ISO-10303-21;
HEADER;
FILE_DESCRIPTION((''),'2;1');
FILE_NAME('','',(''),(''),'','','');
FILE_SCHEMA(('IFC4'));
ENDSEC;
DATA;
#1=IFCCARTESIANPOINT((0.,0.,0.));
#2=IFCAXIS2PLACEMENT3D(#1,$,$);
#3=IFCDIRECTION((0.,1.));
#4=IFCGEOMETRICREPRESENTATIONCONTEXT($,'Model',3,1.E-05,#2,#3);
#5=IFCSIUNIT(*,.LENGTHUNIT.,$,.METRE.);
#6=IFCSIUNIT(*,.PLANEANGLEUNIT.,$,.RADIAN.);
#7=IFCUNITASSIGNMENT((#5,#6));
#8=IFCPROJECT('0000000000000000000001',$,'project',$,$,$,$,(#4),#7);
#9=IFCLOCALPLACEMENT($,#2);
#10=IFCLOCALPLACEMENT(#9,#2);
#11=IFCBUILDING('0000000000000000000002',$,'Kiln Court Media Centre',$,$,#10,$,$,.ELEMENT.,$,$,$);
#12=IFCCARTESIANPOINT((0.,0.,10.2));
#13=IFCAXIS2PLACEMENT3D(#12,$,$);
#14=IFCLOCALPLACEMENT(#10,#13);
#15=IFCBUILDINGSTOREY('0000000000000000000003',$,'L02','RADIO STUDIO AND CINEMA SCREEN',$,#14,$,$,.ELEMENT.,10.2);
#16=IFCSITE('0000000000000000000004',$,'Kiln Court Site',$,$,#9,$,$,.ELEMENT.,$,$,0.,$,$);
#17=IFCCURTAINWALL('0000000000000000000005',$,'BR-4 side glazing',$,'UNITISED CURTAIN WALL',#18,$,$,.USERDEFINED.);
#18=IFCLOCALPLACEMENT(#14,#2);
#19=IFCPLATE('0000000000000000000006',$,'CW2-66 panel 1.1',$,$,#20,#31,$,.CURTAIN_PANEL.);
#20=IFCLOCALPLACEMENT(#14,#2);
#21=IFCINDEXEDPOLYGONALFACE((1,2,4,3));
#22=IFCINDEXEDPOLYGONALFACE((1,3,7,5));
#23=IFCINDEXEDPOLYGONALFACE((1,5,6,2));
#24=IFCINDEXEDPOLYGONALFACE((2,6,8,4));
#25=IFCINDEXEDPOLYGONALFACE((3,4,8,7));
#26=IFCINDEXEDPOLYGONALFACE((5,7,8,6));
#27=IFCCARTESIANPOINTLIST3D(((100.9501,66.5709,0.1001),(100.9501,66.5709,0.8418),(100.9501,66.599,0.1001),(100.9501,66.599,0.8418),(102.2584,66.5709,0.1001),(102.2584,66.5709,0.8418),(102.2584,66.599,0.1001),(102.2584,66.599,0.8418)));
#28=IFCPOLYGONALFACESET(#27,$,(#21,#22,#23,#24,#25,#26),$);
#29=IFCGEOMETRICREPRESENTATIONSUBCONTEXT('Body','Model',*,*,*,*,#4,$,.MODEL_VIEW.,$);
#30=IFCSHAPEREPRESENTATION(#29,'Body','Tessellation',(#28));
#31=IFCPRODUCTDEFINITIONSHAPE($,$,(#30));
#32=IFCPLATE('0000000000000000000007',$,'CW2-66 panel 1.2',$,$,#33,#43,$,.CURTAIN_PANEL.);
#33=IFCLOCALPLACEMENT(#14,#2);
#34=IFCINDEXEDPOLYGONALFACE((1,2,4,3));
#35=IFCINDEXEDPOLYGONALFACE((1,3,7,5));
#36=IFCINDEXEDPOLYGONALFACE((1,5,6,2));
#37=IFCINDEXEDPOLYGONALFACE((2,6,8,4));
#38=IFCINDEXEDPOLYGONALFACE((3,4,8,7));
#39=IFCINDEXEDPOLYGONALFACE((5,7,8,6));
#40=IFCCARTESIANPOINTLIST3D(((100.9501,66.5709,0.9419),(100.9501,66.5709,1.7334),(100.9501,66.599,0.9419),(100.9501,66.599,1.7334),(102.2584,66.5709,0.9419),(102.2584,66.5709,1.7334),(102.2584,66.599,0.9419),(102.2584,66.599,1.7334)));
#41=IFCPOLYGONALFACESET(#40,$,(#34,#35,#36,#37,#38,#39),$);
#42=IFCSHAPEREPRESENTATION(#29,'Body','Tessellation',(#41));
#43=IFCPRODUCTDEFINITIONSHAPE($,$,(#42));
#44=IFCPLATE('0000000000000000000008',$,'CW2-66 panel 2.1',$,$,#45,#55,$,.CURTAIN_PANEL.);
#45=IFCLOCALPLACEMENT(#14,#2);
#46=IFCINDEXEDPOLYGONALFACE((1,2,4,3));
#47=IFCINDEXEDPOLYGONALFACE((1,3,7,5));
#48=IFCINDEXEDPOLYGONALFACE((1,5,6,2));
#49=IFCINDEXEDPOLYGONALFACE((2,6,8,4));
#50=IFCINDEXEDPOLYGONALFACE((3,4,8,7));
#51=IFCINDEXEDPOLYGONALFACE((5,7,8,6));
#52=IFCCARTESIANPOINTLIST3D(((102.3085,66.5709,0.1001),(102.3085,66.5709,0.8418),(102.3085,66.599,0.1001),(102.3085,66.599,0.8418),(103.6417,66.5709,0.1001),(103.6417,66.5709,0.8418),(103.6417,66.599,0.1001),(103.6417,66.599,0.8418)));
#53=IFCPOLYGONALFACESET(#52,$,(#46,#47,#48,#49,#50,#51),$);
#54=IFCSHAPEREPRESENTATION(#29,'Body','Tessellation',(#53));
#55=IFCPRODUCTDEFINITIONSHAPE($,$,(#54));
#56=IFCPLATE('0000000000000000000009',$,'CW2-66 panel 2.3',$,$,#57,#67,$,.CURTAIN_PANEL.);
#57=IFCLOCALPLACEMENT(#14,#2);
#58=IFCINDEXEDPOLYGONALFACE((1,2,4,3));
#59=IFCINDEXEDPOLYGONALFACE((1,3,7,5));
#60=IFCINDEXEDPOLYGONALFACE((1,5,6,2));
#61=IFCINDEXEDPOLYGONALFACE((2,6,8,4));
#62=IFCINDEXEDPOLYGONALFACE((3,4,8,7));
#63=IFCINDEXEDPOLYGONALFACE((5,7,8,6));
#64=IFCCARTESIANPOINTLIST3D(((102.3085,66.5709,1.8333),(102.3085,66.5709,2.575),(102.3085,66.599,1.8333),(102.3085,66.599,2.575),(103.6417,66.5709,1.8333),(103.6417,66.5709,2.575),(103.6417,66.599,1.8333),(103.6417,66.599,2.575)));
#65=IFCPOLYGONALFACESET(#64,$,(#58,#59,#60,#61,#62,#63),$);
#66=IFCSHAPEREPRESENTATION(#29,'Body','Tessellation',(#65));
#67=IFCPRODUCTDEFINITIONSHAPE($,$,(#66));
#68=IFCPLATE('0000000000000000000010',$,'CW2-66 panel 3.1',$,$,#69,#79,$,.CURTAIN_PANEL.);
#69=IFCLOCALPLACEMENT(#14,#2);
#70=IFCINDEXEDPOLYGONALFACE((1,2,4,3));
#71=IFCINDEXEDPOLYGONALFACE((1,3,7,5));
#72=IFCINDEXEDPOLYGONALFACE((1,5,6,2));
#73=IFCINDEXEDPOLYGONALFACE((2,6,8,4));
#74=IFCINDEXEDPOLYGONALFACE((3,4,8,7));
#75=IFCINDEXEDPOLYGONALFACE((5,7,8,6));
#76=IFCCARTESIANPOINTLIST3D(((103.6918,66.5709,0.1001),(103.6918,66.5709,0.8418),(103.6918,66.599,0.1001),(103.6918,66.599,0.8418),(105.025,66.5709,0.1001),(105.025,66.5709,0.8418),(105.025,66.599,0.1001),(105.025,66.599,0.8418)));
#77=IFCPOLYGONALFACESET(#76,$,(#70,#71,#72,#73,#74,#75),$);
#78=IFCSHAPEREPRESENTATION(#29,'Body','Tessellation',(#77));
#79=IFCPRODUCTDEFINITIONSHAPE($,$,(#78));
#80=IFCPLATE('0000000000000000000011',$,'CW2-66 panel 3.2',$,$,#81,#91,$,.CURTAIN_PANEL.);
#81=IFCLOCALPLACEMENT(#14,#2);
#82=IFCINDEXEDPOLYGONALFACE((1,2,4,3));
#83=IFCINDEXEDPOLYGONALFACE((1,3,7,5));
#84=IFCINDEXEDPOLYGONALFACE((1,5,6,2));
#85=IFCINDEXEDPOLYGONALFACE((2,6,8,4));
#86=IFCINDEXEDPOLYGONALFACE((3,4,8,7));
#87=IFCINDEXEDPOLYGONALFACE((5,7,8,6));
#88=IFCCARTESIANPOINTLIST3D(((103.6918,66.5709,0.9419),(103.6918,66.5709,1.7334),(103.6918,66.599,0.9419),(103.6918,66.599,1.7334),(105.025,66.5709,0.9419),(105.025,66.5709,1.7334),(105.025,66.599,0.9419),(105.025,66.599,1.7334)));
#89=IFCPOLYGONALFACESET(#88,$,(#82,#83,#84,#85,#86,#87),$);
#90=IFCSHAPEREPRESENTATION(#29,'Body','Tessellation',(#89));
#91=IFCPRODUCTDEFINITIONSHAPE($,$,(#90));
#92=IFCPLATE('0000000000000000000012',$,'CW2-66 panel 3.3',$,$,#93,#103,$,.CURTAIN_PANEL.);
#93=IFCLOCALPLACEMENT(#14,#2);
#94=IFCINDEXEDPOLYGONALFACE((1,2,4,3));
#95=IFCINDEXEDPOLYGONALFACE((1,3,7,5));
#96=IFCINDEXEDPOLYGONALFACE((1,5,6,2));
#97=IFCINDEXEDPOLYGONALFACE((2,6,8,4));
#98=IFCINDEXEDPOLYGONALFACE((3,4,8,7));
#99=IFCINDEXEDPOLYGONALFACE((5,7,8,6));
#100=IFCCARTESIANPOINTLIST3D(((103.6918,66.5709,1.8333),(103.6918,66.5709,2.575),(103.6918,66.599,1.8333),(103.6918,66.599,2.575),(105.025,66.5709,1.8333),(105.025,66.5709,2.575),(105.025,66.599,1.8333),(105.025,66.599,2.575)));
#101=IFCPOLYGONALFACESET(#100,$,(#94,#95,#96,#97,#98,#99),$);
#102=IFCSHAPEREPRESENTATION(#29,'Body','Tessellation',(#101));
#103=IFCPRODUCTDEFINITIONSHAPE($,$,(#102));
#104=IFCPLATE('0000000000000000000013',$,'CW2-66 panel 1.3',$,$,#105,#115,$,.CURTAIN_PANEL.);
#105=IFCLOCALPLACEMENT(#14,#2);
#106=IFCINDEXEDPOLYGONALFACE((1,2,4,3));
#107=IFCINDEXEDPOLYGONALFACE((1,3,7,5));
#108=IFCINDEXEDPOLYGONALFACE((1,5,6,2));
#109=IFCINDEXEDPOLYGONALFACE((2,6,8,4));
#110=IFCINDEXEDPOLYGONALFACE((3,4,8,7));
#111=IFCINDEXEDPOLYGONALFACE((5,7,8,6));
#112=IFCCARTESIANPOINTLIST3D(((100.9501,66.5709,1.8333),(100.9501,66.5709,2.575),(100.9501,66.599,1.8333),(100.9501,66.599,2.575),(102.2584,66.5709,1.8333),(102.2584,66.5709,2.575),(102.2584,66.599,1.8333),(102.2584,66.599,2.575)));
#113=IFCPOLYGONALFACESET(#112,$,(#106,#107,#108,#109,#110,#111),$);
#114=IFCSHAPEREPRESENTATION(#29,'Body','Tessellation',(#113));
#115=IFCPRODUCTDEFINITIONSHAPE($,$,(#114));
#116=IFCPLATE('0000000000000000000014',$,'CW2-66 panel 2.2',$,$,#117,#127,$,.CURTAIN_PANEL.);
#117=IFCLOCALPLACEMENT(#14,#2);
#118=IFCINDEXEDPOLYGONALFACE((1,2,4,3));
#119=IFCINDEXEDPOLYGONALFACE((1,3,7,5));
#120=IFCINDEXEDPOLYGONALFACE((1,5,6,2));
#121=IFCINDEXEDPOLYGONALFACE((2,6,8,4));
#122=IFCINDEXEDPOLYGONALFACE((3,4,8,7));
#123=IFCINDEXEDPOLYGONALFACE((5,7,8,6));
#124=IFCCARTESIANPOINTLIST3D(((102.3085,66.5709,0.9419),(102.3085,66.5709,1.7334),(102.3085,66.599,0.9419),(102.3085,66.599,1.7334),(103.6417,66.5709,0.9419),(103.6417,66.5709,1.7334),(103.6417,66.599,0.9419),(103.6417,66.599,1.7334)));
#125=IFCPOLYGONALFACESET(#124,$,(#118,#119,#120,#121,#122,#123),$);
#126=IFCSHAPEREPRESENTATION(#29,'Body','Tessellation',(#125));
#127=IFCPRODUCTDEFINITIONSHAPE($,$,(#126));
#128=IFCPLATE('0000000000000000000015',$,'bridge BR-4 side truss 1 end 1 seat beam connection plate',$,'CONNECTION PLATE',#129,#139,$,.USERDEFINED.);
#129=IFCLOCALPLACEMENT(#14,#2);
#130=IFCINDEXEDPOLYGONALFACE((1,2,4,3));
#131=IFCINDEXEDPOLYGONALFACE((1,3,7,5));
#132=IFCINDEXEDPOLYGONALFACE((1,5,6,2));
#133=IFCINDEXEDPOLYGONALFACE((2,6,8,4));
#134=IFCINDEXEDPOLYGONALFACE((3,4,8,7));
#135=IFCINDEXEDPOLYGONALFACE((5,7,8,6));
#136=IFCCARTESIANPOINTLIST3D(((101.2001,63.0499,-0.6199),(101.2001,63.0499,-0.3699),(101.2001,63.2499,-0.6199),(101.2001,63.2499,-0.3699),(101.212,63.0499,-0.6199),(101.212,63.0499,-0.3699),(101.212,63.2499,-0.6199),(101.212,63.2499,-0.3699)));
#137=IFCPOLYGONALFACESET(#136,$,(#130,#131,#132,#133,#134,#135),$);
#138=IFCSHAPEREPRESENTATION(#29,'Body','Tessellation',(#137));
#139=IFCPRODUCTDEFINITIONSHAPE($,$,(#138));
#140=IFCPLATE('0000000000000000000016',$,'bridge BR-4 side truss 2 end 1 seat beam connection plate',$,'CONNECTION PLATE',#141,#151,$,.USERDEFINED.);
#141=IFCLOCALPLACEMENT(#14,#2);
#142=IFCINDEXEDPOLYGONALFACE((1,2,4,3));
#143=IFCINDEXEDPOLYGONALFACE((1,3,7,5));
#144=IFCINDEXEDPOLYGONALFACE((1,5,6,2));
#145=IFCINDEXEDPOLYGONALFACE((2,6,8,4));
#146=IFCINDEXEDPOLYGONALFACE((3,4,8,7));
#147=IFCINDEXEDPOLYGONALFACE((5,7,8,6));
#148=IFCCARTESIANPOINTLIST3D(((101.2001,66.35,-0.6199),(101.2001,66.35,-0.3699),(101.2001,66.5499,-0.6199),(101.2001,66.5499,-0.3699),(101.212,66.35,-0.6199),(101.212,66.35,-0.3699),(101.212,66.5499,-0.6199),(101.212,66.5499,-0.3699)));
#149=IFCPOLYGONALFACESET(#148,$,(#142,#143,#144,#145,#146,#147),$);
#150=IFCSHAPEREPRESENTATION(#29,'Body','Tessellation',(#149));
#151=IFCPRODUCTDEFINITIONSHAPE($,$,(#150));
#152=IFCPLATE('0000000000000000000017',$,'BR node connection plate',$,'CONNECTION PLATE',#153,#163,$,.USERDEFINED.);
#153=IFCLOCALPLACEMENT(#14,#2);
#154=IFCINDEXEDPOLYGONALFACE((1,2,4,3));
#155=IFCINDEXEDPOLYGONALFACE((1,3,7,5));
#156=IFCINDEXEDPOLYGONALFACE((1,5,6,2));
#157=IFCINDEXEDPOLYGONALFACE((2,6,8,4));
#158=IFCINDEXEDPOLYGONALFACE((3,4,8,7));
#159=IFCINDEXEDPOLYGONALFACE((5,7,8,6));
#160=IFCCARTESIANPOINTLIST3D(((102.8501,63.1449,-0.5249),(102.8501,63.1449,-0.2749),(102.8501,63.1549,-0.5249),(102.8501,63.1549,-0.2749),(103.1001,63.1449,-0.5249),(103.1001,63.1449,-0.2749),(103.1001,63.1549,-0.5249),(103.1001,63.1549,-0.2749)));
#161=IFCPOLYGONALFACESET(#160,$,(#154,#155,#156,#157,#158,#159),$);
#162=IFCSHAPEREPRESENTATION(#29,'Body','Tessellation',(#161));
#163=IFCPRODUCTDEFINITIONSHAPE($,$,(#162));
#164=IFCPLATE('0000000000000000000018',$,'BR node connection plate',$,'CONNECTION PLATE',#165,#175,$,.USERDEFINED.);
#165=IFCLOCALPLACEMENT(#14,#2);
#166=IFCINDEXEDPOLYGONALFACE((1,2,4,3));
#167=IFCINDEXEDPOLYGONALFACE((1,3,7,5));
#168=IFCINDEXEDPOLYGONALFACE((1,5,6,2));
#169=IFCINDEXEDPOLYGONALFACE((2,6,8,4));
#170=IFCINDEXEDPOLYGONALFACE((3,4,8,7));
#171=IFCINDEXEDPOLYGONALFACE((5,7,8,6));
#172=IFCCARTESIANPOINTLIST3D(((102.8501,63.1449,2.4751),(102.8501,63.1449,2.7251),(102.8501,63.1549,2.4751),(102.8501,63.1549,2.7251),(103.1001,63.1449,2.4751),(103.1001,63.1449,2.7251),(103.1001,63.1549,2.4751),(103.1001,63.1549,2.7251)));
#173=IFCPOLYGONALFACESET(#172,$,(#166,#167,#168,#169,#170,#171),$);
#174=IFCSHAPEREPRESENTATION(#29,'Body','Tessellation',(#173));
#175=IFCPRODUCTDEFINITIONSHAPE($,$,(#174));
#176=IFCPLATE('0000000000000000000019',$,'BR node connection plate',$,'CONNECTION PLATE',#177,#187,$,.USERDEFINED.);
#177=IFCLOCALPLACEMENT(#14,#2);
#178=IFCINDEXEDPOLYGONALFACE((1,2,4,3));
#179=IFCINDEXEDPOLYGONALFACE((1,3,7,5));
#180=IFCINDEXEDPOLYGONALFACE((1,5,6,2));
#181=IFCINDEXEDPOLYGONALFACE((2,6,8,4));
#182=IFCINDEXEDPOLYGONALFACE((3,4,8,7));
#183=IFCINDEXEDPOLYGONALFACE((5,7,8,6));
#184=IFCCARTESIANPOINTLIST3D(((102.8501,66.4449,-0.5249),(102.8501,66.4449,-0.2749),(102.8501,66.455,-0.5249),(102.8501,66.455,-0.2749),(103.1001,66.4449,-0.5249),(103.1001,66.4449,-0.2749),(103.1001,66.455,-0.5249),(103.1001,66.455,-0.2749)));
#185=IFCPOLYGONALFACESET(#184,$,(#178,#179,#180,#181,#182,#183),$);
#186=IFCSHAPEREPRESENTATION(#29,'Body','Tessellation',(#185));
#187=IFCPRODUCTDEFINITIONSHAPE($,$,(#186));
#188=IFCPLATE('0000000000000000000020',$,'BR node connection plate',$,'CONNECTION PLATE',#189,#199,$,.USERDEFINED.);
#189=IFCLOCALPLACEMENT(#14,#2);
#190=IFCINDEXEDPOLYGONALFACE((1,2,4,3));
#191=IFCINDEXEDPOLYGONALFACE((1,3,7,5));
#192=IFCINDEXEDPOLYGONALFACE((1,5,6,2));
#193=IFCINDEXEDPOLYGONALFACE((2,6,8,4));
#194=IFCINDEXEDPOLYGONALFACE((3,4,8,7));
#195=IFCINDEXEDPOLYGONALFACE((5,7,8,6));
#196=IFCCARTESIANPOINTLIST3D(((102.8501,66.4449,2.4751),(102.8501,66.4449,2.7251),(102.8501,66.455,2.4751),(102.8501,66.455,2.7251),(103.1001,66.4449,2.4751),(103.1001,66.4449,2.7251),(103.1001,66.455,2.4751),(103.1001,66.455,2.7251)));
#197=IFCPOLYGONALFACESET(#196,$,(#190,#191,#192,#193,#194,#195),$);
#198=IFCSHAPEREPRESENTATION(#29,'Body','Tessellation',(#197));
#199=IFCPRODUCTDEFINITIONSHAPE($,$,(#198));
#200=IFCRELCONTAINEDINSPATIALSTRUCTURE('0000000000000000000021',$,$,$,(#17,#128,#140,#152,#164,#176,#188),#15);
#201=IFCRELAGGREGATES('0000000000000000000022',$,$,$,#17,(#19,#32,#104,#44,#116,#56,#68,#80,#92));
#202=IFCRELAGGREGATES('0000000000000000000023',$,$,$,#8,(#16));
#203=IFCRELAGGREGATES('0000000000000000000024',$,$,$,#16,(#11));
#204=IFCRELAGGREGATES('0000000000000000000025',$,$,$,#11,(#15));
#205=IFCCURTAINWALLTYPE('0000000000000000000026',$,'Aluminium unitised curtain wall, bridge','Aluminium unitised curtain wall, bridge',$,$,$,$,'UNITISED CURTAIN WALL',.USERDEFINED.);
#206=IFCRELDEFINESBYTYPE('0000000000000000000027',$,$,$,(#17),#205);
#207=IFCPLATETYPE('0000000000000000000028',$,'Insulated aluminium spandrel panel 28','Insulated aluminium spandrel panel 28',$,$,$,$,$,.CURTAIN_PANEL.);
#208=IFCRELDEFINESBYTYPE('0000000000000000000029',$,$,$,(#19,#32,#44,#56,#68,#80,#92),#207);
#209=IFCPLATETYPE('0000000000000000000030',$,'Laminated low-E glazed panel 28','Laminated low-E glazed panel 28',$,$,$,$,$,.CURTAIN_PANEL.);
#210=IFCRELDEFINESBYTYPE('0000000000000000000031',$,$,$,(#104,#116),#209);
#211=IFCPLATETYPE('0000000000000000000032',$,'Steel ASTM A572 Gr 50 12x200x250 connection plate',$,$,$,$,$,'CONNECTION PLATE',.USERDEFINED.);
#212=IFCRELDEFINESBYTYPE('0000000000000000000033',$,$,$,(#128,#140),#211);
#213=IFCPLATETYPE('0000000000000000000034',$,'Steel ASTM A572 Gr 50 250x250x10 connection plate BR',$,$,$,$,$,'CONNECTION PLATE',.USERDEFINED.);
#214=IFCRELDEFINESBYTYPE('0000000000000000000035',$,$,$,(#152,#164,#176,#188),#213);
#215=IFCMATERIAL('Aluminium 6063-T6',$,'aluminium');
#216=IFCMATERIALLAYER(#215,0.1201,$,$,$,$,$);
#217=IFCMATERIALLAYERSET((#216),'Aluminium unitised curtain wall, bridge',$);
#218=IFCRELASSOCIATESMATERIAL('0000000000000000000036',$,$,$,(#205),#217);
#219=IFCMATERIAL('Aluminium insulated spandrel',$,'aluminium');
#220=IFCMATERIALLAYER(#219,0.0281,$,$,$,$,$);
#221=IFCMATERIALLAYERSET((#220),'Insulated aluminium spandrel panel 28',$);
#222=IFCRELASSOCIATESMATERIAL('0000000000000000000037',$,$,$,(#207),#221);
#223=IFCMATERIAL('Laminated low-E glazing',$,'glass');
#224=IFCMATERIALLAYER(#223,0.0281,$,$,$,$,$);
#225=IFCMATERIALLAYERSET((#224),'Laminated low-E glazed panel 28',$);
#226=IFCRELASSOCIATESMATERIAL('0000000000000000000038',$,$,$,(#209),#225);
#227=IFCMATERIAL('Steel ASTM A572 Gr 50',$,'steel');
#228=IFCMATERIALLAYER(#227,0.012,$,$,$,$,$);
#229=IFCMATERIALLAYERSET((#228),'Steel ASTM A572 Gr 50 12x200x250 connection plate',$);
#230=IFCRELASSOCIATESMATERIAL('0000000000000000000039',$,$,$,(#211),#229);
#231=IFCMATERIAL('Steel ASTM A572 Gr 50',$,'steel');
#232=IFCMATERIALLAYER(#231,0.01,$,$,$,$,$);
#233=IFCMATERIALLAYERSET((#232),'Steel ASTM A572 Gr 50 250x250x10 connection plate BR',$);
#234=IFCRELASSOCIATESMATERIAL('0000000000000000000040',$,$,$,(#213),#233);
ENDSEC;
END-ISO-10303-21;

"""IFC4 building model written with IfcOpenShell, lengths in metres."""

from ifc_helpers import new_model, si_unit, direction, frame, origin, origin_2d, place, context, subcontext, project, spatial, rectangle, extrude, material, layer, layer_set, type_object, element, aggregate, save


model = new_model("IFC4")

# Units and contexts
model_context = context("Model", 3, precision=1e-05, world=origin(), true_north=direction((0.0, 1.0)))
body_context = subcontext(model_context, "Body", "Model", "MODEL_VIEW")
ifc_project = project(units=[si_unit("LENGTHUNIT", "METRE"), si_unit("PLANEANGLEUNIT", "RADIAN")], contexts=[model_context])

# Site, building, storey
site_placement = place(None, origin())
site = spatial("IfcSite", under=ifc_project, at=site_placement, Name="Kiln Court Site", CompositionType="ELEMENT", RefElevation=0.0)
building_placement = place(site_placement, origin())
building = spatial("IfcBuilding", under=site, at=building_placement, Name="Kiln Court Media Centre", CompositionType="ELEMENT")
storey_placement = place(building_placement, frame((0.0, 0.0, 10.2)))
storey = spatial("IfcBuildingStorey", under=building, at=storey_placement, Name="L02", Description="RADIO STUDIO AND CINEMA SCREEN", CompositionType="ELEMENT", Elevation=10.2)

# Curtain wall
ifc_material_1 = material(Name="Aluminium 6063-T6", Category="aluminium")
ifc_layer_1 = layer(ifc_material_1, 0.1201)
ifc_layer_set_1 = layer_set([ifc_layer_1], Name="Aluminium unitised curtain wall, bridge")
curtain_wall_type = type_object("IfcCurtainWallType", Name="Aluminium unitised curtain wall, bridge", Description="Aluminium unitised curtain wall, bridge", ElementType="UNITISED CURTAIN WALL", PredefinedType="USERDEFINED", material=ifc_layer_set_1)
curtain_wall_1_placement = place(storey_placement, origin())
curtain_wall_1 = element("IfcCurtainWall", 1, at=curtain_wall_1_placement, inside=storey, type_object=curtain_wall_type, Name="BR-4 side glazing", ObjectType="UNITISED CURTAIN WALL", PredefinedType="USERDEFINED")

# Shared definitions
ifc_material_2 = material(Name="Aluminium insulated spandrel", Category="aluminium")
ifc_layer_2 = layer(ifc_material_2, 0.0281)
ifc_layer_set_2 = layer_set([ifc_layer_2], Name="Insulated aluminium spandrel panel 28")
plate_type_1 = type_object("IfcPlateType", Name="Insulated aluminium spandrel panel 28", Description="Insulated aluminium spandrel panel 28", PredefinedType="CURTAIN_PANEL", material=ifc_layer_set_2)

# Plates
plate_1_placement = place(storey_placement, frame((101.6042, 66.585, 0.1001), z_axis=(0.0, 0.0, 1.0), x_axis=(1.0, 0.0, 0.0)))
plate_1 = element("IfcPlate", 2, at=plate_1_placement, type_object=plate_type_1, Name="CW2-66 panel 1.1", PredefinedType="CURTAIN_PANEL", context=body_context, shape_type="SweptSolid", body=[
    extrude(rectangle(XDim=1.3083, YDim=0.0281, at=origin_2d()), origin(), (0.0, 0.0, 1.0), 0.7417),
])
plate_2_placement = place(storey_placement, frame((101.6042, 66.585, 0.9419), z_axis=(0.0, 0.0, 1.0), x_axis=(1.0, 0.0, 0.0)))
plate_2 = element("IfcPlate", 3, at=plate_2_placement, type_object=plate_type_1, Name="CW2-66 panel 1.2", PredefinedType="CURTAIN_PANEL", context=body_context, shape_type="SweptSolid", body=[
    extrude(rectangle(XDim=1.3083, YDim=0.0281, at=origin_2d()), origin(), (0.0, 0.0, 1.0), 0.7915),
])
plate_3_placement = place(storey_placement, frame((102.9751, 66.585, 0.1001), z_axis=(0.0, 0.0, 1.0), x_axis=(1.0, 0.0, 0.0)))
plate_3 = element("IfcPlate", 4, at=plate_3_placement, type_object=plate_type_1, Name="CW2-66 panel 2.1", PredefinedType="CURTAIN_PANEL", context=body_context, shape_type="SweptSolid", body=[
    extrude(rectangle(XDim=1.3333, YDim=0.0281, at=origin_2d()), origin(), (0.0, 0.0, 1.0), 0.7417),
])
plate_4_placement = place(storey_placement, frame((102.9751, 66.585, 1.8333), z_axis=(0.0, 0.0, 1.0), x_axis=(1.0, 0.0, 0.0)))
plate_4 = element("IfcPlate", 5, at=plate_4_placement, type_object=plate_type_1, Name="CW2-66 panel 2.3", PredefinedType="CURTAIN_PANEL", context=body_context, shape_type="SweptSolid", body=[
    extrude(rectangle(XDim=1.3333, YDim=0.0281, at=origin_2d()), origin(), (0.0, 0.0, 1.0), 0.7417),
])
plate_5_placement = place(storey_placement, frame((104.3584, 66.585, 0.1001), z_axis=(0.0, 0.0, 1.0), x_axis=(1.0, 0.0, 0.0)))
plate_5 = element("IfcPlate", 6, at=plate_5_placement, type_object=plate_type_1, Name="CW2-66 panel 3.1", PredefinedType="CURTAIN_PANEL", context=body_context, shape_type="SweptSolid", body=[
    extrude(rectangle(XDim=1.3333, YDim=0.0281, at=origin_2d()), origin(), (0.0, 0.0, 1.0), 0.7417),
])
plate_6_placement = place(storey_placement, frame((104.3584, 66.585, 0.9419), z_axis=(0.0, 0.0, 1.0), x_axis=(1.0, 0.0, 0.0)))
plate_6 = element("IfcPlate", 7, at=plate_6_placement, type_object=plate_type_1, Name="CW2-66 panel 3.2", PredefinedType="CURTAIN_PANEL", context=body_context, shape_type="SweptSolid", body=[
    extrude(rectangle(XDim=1.3333, YDim=0.0281, at=origin_2d()), origin(), (0.0, 0.0, 1.0), 0.7915),
])
plate_7_placement = place(storey_placement, frame((104.3584, 66.585, 1.8333), z_axis=(0.0, 0.0, 1.0), x_axis=(1.0, 0.0, 0.0)))
plate_7 = element("IfcPlate", 8, at=plate_7_placement, type_object=plate_type_1, Name="CW2-66 panel 3.3", PredefinedType="CURTAIN_PANEL", context=body_context, shape_type="SweptSolid", body=[
    extrude(rectangle(XDim=1.3333, YDim=0.0281, at=origin_2d()), origin(), (0.0, 0.0, 1.0), 0.7417),
])
ifc_material_3 = material(Name="Laminated low-E glazing", Category="glass")
ifc_layer_3 = layer(ifc_material_3, 0.0281)
ifc_layer_set_3 = layer_set([ifc_layer_3], Name="Laminated low-E glazed panel 28")
plate_type_2 = type_object("IfcPlateType", Name="Laminated low-E glazed panel 28", Description="Laminated low-E glazed panel 28", PredefinedType="CURTAIN_PANEL", material=ifc_layer_set_3)
plate_8_placement = place(storey_placement, frame((101.6042, 66.585, 1.8333), z_axis=(0.0, 0.0, 1.0), x_axis=(1.0, 0.0, 0.0)))
plate_8 = element("IfcPlate", 9, at=plate_8_placement, type_object=plate_type_2, Name="CW2-66 panel 1.3", PredefinedType="CURTAIN_PANEL", context=body_context, shape_type="SweptSolid", body=[
    extrude(rectangle(XDim=1.3083, YDim=0.0281, at=origin_2d()), origin(), (0.0, 0.0, 1.0), 0.7417),
])
plate_9_placement = place(storey_placement, frame((102.9751, 66.585, 0.9419), z_axis=(0.0, 0.0, 1.0), x_axis=(1.0, 0.0, 0.0)))
plate_9 = element("IfcPlate", 10, at=plate_9_placement, type_object=plate_type_2, Name="CW2-66 panel 2.2", PredefinedType="CURTAIN_PANEL", context=body_context, shape_type="SweptSolid", body=[
    extrude(rectangle(XDim=1.3333, YDim=0.0281, at=origin_2d()), origin(), (0.0, 0.0, 1.0), 0.7915),
])
aggregate(curtain_wall_1, [plate_1, plate_2, plate_8, plate_3, plate_9, plate_4, plate_5, plate_6, plate_7])

# Plates
ifc_material_4 = material(Name="Steel ASTM A572 Gr 50", Category="steel")
ifc_layer_4 = layer(ifc_material_4, 0.012)
ifc_layer_set_4 = layer_set([ifc_layer_4], Name="Steel ASTM A572 Gr 50 12x200x250 connection plate")
plate_type_3 = type_object("IfcPlateType", Name="Steel ASTM A572 Gr 50 12x200x250 connection plate", ElementType="CONNECTION PLATE", PredefinedType="USERDEFINED", material=ifc_layer_set_4)
for number, where, z_axis, x_axis, name in (
    (11, (101.2061, 63.1499, -0.6199), (0.0, 0.0, 1.0), (1.0, 0.0, 0.0), "bridge BR-4 side truss 1 end 1 seat beam connection plate"),
    (12, (101.2061, 66.45, -0.6199), (0.0, 0.0, 1.0), (1.0, 0.0, 0.0), "bridge BR-4 side truss 2 end 1 seat beam connection plate"),
):
    element("IfcPlate", number, at=place(storey_placement, frame(where, z_axis=z_axis, x_axis=x_axis)), inside=storey, type_object=plate_type_3, Name=name, ObjectType="CONNECTION PLATE", PredefinedType="USERDEFINED", context=body_context, shape_type="SweptSolid", body=[
        extrude(rectangle(XDim=0.012, YDim=0.2, at=origin_2d()), origin(), (0.0, 0.0, 1.0), 0.25),
    ])
ifc_material_5 = material(Name="Steel ASTM A572 Gr 50", Category="steel")
ifc_layer_5 = layer(ifc_material_5, 0.01)
ifc_layer_set_5 = layer_set([ifc_layer_5], Name="Steel ASTM A572 Gr 50 250x250x10 connection plate BR")
plate_type_4 = type_object("IfcPlateType", Name="Steel ASTM A572 Gr 50 250x250x10 connection plate BR", ElementType="CONNECTION PLATE", PredefinedType="USERDEFINED", material=ifc_layer_set_5)
for number, where, z_axis, x_axis, name in (
    (13, (102.9751, 63.1499, -0.5249), (0.0, 0.0, 1.0), (1.0, 0.0, 0.0), "BR node connection plate"),
    (14, (102.9751, 63.1499, 2.4751), (0.0, 0.0, 1.0), (1.0, 0.0, 0.0), "BR node connection plate"),
    (15, (102.9751, 66.45, -0.5249), (0.0, 0.0, 1.0), (1.0, 0.0, 0.0), "BR node connection plate"),
    (16, (102.9751, 66.45, 2.4751), (0.0, 0.0, 1.0), (1.0, 0.0, 0.0), "BR node connection plate"),
):
    element("IfcPlate", number, at=place(storey_placement, frame(where, z_axis=z_axis, x_axis=x_axis)), inside=storey, type_object=plate_type_4, Name=name, ObjectType="CONNECTION PLATE", PredefinedType="USERDEFINED", context=body_context, shape_type="SweptSolid", body=[
        extrude(rectangle(XDim=0.25, YDim=0.01, at=origin_2d()), origin(), (0.0, 0.0, 1.0), 0.25),
    ])

save(model, "model.ifc")
